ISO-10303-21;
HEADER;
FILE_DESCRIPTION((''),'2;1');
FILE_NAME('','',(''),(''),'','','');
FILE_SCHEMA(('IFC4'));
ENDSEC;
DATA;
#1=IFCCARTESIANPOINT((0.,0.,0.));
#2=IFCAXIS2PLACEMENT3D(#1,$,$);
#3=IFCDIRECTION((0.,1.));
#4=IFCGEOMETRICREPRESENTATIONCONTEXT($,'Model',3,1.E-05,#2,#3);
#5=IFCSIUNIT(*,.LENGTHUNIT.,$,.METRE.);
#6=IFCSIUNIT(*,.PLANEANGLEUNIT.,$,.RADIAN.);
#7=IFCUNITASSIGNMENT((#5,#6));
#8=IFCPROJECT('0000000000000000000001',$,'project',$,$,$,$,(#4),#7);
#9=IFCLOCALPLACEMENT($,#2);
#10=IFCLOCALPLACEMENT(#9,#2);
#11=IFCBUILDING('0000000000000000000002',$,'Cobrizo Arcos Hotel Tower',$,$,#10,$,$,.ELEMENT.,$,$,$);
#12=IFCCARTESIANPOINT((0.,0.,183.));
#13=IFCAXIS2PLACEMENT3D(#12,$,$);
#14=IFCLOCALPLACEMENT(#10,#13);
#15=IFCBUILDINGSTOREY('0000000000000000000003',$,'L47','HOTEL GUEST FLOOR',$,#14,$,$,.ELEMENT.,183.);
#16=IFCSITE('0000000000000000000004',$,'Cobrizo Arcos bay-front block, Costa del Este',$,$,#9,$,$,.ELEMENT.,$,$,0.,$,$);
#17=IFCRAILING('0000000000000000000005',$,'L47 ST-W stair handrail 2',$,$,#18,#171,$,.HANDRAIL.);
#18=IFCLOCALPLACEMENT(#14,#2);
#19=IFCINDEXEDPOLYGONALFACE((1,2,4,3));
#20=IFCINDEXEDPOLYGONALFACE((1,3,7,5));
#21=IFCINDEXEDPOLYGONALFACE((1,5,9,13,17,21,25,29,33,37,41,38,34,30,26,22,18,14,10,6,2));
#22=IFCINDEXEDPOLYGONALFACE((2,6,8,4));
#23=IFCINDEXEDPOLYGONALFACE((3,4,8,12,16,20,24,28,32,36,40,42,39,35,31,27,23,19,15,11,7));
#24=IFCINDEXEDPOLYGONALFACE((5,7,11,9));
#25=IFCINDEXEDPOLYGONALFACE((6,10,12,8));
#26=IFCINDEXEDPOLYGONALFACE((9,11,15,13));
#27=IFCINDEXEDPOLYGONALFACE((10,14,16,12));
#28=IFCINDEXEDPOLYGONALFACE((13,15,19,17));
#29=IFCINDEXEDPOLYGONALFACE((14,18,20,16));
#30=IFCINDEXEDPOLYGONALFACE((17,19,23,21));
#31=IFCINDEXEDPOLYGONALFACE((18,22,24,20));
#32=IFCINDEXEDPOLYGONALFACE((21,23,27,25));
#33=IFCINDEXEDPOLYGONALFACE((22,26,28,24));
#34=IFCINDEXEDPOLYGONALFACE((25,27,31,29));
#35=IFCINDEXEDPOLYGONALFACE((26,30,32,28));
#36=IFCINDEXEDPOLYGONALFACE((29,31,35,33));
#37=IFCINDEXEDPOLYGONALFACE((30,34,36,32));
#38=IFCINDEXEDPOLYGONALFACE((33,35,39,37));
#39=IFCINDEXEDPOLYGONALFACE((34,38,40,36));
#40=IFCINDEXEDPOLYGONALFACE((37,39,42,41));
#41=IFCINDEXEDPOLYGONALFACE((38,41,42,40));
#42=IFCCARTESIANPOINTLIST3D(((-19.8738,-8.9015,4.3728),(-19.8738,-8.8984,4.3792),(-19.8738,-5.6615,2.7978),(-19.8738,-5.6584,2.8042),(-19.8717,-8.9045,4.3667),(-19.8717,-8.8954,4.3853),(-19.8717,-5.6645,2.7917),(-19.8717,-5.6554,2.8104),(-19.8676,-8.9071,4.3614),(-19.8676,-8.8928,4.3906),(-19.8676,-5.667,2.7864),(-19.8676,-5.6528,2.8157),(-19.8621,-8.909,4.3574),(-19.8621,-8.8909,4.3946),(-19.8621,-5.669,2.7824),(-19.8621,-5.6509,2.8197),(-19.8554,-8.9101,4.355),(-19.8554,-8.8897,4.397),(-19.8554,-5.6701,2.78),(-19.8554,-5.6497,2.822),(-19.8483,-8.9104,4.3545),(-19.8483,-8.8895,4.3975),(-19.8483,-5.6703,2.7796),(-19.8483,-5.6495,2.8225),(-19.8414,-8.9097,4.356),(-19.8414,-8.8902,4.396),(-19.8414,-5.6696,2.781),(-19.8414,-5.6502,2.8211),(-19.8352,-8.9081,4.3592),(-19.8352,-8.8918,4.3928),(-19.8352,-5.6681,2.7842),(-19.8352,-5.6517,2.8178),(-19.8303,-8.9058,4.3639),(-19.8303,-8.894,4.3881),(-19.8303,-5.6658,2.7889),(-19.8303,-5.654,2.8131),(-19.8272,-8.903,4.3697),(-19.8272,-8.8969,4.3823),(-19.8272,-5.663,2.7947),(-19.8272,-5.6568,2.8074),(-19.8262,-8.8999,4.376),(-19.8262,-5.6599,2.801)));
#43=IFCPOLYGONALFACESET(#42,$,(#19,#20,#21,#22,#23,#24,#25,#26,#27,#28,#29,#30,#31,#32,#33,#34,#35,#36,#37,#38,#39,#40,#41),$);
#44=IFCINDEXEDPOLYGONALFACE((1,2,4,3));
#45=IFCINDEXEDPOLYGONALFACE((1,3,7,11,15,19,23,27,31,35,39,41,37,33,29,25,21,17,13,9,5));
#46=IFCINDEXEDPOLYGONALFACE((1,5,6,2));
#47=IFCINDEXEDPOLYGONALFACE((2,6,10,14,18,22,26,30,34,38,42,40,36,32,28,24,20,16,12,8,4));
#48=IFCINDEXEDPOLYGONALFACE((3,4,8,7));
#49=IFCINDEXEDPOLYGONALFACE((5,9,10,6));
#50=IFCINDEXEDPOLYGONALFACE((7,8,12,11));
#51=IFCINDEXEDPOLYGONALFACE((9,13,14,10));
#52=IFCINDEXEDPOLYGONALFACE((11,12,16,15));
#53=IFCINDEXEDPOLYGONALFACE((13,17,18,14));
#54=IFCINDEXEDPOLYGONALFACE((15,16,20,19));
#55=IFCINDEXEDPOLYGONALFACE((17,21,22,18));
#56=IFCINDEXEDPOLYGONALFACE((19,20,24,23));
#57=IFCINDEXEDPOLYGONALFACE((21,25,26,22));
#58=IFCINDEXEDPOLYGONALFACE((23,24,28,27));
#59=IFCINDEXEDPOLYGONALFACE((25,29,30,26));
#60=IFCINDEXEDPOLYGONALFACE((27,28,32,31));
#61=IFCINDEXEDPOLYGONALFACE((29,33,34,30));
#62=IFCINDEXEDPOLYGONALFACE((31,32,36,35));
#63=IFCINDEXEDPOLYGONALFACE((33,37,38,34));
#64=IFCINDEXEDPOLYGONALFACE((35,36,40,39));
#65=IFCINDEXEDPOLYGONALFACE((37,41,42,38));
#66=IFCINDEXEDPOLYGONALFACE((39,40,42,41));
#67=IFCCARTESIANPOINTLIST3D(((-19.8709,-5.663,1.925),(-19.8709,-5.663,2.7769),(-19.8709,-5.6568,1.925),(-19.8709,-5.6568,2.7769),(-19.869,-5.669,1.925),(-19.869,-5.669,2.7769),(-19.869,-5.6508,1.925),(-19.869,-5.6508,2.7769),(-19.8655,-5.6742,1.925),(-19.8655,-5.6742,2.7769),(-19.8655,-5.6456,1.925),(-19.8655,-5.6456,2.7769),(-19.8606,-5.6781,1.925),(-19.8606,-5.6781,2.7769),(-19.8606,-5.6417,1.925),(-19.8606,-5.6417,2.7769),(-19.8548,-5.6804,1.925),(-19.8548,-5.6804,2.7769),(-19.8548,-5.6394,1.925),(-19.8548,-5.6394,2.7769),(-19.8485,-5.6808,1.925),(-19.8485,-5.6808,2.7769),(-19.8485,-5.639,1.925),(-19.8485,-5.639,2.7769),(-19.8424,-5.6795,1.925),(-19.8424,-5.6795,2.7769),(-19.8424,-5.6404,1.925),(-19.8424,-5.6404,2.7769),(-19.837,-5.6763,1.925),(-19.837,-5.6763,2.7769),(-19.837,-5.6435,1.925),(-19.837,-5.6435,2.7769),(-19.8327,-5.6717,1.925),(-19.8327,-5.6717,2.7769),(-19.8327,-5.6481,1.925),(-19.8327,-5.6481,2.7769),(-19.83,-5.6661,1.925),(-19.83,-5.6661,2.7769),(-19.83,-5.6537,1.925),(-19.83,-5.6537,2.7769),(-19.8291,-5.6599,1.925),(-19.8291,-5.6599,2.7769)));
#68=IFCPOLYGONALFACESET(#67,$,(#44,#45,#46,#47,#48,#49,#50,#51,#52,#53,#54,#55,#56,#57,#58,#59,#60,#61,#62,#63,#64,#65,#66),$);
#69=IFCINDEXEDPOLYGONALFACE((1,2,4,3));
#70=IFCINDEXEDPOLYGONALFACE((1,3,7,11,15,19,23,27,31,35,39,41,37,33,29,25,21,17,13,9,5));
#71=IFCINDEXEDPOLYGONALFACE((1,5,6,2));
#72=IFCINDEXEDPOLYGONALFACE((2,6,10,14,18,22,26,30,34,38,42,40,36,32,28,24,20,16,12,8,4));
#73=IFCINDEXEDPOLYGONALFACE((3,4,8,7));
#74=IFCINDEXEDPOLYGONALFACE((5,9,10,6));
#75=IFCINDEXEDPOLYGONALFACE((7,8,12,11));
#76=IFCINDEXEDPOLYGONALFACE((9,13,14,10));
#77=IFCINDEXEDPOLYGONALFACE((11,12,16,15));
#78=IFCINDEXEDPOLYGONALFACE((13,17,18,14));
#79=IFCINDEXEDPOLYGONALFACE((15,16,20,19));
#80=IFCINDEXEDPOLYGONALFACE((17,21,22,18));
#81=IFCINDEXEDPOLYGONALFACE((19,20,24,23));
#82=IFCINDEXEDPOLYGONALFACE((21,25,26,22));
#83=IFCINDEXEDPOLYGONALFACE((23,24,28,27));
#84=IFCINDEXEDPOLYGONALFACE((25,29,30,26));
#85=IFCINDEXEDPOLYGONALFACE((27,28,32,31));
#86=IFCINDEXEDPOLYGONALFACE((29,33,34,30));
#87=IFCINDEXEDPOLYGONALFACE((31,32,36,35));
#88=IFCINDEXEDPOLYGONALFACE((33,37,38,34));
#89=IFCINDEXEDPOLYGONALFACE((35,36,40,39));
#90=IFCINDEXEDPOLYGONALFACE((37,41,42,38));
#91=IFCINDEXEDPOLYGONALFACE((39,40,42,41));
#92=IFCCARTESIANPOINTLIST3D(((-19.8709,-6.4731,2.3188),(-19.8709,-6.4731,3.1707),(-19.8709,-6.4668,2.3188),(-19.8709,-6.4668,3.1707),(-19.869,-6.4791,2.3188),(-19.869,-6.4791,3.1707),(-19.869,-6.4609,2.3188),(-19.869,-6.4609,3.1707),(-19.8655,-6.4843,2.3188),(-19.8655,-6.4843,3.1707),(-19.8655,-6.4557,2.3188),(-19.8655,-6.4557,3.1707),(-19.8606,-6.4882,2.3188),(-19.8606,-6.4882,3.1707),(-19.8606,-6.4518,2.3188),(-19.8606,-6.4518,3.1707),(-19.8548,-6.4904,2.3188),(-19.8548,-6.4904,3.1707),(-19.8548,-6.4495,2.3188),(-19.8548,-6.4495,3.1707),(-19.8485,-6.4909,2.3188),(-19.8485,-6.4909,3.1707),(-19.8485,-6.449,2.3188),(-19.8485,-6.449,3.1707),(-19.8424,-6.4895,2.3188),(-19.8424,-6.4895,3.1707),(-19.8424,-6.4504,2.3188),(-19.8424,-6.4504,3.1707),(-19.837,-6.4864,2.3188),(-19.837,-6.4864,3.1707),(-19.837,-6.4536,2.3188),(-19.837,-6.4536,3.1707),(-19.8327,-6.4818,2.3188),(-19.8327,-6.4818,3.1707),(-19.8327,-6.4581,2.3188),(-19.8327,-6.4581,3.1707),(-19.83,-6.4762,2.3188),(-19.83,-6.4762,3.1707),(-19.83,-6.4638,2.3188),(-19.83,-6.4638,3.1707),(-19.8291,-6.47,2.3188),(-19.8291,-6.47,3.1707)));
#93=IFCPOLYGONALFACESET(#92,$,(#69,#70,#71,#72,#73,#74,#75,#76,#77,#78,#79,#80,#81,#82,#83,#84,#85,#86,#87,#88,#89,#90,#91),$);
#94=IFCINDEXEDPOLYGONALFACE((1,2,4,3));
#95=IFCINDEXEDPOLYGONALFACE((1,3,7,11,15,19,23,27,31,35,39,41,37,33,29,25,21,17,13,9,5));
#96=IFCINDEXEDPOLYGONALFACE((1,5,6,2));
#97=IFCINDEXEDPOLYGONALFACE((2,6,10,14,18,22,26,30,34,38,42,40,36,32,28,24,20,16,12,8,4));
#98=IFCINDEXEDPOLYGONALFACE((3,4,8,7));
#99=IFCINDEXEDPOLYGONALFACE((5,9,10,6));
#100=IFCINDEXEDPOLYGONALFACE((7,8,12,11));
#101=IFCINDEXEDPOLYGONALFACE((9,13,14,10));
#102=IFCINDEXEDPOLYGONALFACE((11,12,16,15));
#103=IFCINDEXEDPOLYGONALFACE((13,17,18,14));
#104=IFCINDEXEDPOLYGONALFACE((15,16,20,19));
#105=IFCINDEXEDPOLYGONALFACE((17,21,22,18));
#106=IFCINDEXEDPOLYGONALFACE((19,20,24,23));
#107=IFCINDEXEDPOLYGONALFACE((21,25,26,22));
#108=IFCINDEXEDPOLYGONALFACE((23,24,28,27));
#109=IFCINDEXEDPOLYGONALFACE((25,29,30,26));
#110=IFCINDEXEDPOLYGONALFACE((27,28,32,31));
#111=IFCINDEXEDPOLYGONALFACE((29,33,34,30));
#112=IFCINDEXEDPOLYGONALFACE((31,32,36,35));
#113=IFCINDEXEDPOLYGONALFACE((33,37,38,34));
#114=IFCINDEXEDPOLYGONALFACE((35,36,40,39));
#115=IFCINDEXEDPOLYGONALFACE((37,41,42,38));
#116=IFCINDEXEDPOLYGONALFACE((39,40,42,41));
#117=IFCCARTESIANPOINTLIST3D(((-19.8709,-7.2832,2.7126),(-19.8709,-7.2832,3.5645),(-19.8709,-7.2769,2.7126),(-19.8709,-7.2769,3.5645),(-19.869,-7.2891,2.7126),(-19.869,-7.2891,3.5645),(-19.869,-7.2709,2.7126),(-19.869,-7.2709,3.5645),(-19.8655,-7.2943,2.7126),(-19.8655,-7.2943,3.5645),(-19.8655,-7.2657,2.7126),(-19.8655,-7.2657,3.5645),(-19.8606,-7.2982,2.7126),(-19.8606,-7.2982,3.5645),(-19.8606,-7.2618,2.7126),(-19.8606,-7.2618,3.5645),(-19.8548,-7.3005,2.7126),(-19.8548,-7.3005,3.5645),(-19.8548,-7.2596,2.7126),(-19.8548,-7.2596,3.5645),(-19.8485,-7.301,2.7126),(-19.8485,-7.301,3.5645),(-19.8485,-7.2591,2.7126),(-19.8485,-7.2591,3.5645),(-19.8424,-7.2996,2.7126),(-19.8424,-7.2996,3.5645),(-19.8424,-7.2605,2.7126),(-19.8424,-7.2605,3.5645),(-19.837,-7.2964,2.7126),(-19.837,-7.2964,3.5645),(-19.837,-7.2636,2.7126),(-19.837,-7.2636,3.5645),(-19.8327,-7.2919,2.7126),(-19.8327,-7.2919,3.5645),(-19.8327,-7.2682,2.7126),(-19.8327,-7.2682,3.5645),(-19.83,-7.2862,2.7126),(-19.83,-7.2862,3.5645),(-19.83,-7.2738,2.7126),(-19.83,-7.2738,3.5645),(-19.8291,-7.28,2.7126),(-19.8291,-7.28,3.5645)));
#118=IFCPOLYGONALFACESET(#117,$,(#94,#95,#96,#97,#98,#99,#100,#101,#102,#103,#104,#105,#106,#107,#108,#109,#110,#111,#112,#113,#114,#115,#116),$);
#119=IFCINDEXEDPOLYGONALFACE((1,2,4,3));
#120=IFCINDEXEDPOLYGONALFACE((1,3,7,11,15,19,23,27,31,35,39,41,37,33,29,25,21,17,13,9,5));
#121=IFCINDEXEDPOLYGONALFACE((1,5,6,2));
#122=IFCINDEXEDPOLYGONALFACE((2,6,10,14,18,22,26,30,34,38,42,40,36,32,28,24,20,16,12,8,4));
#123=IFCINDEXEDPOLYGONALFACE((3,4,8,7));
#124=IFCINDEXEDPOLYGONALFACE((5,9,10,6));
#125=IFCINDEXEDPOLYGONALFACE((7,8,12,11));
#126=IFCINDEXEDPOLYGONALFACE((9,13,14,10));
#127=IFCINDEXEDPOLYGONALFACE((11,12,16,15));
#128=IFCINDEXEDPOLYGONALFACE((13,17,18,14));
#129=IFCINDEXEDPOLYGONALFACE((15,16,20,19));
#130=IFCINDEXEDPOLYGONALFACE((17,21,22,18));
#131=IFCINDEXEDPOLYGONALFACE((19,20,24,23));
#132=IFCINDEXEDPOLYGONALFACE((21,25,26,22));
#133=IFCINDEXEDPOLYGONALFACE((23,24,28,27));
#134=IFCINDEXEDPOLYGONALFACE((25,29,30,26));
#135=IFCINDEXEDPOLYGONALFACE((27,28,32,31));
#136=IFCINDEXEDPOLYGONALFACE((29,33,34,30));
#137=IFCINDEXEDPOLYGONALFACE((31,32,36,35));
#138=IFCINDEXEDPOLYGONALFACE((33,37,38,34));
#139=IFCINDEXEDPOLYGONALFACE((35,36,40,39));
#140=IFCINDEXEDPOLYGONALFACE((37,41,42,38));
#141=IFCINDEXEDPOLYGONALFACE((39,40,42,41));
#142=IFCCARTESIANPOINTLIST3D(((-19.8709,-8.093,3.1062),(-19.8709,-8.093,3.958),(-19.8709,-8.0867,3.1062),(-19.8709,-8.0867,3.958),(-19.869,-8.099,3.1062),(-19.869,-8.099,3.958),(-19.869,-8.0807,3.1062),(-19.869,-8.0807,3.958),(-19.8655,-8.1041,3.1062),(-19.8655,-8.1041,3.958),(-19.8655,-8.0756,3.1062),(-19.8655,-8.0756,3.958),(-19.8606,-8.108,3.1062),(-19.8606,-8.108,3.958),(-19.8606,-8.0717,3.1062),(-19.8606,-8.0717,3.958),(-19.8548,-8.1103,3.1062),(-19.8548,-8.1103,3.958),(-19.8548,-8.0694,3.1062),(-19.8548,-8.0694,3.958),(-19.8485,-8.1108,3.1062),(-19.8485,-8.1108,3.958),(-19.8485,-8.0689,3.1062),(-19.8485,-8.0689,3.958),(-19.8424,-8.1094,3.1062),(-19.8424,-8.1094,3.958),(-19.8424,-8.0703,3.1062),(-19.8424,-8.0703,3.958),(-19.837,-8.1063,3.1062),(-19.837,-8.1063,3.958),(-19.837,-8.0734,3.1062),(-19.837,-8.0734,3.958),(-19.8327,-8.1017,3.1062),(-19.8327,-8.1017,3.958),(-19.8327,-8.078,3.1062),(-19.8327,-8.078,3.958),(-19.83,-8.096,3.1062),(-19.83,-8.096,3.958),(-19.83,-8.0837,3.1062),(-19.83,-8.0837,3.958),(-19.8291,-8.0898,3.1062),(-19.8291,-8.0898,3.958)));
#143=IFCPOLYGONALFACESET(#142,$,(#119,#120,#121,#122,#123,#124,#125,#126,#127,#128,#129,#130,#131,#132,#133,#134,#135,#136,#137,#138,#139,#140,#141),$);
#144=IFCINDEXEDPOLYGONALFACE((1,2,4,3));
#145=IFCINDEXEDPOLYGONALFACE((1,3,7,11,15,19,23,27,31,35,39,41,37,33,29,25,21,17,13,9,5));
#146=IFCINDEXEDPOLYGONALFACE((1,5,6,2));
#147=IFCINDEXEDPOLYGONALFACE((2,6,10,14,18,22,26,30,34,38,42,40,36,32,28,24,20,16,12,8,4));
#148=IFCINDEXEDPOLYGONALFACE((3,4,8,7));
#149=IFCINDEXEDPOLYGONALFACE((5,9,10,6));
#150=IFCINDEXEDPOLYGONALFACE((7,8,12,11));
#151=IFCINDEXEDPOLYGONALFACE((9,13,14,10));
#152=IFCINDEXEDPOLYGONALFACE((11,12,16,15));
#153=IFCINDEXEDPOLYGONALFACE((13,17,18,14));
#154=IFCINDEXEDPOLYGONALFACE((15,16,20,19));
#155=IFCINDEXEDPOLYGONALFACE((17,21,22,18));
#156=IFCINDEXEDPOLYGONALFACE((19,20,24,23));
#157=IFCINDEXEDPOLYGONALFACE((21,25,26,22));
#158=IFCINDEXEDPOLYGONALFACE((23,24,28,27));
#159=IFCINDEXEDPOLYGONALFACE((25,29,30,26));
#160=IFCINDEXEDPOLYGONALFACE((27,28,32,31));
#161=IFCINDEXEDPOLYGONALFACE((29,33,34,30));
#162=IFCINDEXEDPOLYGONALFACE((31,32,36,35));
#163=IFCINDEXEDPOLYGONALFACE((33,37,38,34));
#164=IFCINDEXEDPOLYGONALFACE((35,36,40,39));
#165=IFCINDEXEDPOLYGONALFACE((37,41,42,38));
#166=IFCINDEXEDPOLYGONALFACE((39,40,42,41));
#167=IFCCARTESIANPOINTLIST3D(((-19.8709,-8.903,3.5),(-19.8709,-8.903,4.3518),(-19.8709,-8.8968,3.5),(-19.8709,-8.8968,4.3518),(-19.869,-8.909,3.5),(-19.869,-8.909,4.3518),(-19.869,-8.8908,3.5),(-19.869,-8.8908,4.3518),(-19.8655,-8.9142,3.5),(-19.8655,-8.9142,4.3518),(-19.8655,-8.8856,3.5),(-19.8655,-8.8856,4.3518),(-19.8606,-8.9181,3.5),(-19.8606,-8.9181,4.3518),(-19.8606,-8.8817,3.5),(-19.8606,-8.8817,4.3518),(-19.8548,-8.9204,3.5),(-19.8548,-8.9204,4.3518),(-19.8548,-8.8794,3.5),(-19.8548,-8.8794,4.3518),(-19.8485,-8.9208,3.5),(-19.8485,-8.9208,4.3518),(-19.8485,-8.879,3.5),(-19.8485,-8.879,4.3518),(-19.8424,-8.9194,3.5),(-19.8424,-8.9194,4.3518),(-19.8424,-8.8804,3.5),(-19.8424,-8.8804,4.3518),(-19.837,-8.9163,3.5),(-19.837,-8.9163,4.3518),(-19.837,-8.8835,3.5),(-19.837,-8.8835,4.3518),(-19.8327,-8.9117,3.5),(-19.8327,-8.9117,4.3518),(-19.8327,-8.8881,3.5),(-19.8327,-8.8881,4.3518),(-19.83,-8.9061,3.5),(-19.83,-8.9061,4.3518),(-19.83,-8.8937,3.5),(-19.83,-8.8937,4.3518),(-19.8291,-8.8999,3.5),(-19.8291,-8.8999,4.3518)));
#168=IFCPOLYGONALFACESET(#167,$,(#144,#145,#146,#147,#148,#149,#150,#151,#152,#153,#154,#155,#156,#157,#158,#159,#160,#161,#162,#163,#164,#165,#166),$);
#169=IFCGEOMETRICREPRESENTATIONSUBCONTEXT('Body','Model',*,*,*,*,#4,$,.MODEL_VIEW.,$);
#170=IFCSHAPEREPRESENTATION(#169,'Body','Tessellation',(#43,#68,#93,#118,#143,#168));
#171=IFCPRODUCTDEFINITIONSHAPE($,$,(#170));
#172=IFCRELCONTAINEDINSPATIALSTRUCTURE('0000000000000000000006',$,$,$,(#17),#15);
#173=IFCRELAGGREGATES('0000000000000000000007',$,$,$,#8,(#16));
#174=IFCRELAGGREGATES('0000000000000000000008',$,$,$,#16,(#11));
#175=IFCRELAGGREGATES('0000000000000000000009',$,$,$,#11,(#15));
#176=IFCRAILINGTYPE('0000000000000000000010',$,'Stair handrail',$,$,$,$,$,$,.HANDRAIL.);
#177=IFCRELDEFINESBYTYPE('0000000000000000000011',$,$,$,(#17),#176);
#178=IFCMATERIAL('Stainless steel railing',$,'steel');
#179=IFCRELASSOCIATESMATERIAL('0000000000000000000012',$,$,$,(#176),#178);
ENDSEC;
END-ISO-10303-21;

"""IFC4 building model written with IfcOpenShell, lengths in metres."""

from ifc_helpers import new_model, si_unit, direction, frame, origin, origin_2d, place, context, subcontext, project, spatial, circle, extrude, material, type_object, element, save


model = new_model("IFC4")

# Units and contexts
model_context = context("Model", 3, precision=1e-05, world=origin(), true_north=direction((0.0, 1.0)))
body_context = subcontext(model_context, "Body", "Model", "MODEL_VIEW")
ifc_project = project(units=[si_unit("LENGTHUNIT", "METRE"), si_unit("PLANEANGLEUNIT", "RADIAN")], contexts=[model_context])

# Site, building, storey
site_placement = place(None, origin())
site = spatial("IfcSite", under=ifc_project, at=site_placement, Name="Cobrizo Arcos bay-front block, Costa del Este", CompositionType="ELEMENT", RefElevation=0.0)
building_placement = place(site_placement, origin())
building = spatial("IfcBuilding", under=site, at=building_placement, Name="Cobrizo Arcos Hotel Tower", CompositionType="ELEMENT")
storey_placement = place(building_placement, frame((0.0, 0.0, 183.0)))
storey = spatial("IfcBuildingStorey", under=building, at=storey_placement, Name="L47", Description="HOTEL GUEST FLOOR", CompositionType="ELEMENT", Elevation=183.0)

# Railing
ifc_material_1 = material(Name="Stainless steel railing", Category="steel")
railing_type_1 = type_object("IfcRailingType", Name="Stair handrail", PredefinedType="HANDRAIL", material=ifc_material_1)
railing_1_placement = place(storey_placement, frame((-19.8501, -5.6599, 1.925)))
element("IfcRailing", 1, at=railing_1_placement, inside=storey, type_object=railing_type_1, Name="L47 ST-W stair handrail 2", PredefinedType="HANDRAIL", context=body_context, shape_type="SweptSolid", body=[
    extrude(circle(Radius=0.0239, at=origin_2d()), frame((0.0, 0.0, 0.876), z_axis=(0.0, -0.899373, 0.437183), x_axis=(1.0, 0.0, 0.0)), (0.0, 0.0, 1.0), 3.6025),
    extrude(circle(Radius=0.021, at=origin_2d()), origin(), (0.0, 0.0, 1.0), 0.8518),
    extrude(circle(Radius=0.021, at=origin_2d()), frame((0.0, -0.8101, 0.3938)), (0.0, 0.0, 1.0), 0.8518),
    extrude(circle(Radius=0.021, at=origin_2d()), frame((0.0, -1.6201, 0.7876)), (0.0, 0.0, 1.0), 0.8518),
    extrude(circle(Radius=0.021, at=origin_2d()), frame((0.0, -2.4299, 1.1812)), (0.0, 0.0, 1.0), 0.8518),
    extrude(circle(Radius=0.021, at=origin_2d()), frame((0.0, -3.24, 1.575)), (0.0, 0.0, 1.0), 0.8518),
])

save(model, "model.ifc")
